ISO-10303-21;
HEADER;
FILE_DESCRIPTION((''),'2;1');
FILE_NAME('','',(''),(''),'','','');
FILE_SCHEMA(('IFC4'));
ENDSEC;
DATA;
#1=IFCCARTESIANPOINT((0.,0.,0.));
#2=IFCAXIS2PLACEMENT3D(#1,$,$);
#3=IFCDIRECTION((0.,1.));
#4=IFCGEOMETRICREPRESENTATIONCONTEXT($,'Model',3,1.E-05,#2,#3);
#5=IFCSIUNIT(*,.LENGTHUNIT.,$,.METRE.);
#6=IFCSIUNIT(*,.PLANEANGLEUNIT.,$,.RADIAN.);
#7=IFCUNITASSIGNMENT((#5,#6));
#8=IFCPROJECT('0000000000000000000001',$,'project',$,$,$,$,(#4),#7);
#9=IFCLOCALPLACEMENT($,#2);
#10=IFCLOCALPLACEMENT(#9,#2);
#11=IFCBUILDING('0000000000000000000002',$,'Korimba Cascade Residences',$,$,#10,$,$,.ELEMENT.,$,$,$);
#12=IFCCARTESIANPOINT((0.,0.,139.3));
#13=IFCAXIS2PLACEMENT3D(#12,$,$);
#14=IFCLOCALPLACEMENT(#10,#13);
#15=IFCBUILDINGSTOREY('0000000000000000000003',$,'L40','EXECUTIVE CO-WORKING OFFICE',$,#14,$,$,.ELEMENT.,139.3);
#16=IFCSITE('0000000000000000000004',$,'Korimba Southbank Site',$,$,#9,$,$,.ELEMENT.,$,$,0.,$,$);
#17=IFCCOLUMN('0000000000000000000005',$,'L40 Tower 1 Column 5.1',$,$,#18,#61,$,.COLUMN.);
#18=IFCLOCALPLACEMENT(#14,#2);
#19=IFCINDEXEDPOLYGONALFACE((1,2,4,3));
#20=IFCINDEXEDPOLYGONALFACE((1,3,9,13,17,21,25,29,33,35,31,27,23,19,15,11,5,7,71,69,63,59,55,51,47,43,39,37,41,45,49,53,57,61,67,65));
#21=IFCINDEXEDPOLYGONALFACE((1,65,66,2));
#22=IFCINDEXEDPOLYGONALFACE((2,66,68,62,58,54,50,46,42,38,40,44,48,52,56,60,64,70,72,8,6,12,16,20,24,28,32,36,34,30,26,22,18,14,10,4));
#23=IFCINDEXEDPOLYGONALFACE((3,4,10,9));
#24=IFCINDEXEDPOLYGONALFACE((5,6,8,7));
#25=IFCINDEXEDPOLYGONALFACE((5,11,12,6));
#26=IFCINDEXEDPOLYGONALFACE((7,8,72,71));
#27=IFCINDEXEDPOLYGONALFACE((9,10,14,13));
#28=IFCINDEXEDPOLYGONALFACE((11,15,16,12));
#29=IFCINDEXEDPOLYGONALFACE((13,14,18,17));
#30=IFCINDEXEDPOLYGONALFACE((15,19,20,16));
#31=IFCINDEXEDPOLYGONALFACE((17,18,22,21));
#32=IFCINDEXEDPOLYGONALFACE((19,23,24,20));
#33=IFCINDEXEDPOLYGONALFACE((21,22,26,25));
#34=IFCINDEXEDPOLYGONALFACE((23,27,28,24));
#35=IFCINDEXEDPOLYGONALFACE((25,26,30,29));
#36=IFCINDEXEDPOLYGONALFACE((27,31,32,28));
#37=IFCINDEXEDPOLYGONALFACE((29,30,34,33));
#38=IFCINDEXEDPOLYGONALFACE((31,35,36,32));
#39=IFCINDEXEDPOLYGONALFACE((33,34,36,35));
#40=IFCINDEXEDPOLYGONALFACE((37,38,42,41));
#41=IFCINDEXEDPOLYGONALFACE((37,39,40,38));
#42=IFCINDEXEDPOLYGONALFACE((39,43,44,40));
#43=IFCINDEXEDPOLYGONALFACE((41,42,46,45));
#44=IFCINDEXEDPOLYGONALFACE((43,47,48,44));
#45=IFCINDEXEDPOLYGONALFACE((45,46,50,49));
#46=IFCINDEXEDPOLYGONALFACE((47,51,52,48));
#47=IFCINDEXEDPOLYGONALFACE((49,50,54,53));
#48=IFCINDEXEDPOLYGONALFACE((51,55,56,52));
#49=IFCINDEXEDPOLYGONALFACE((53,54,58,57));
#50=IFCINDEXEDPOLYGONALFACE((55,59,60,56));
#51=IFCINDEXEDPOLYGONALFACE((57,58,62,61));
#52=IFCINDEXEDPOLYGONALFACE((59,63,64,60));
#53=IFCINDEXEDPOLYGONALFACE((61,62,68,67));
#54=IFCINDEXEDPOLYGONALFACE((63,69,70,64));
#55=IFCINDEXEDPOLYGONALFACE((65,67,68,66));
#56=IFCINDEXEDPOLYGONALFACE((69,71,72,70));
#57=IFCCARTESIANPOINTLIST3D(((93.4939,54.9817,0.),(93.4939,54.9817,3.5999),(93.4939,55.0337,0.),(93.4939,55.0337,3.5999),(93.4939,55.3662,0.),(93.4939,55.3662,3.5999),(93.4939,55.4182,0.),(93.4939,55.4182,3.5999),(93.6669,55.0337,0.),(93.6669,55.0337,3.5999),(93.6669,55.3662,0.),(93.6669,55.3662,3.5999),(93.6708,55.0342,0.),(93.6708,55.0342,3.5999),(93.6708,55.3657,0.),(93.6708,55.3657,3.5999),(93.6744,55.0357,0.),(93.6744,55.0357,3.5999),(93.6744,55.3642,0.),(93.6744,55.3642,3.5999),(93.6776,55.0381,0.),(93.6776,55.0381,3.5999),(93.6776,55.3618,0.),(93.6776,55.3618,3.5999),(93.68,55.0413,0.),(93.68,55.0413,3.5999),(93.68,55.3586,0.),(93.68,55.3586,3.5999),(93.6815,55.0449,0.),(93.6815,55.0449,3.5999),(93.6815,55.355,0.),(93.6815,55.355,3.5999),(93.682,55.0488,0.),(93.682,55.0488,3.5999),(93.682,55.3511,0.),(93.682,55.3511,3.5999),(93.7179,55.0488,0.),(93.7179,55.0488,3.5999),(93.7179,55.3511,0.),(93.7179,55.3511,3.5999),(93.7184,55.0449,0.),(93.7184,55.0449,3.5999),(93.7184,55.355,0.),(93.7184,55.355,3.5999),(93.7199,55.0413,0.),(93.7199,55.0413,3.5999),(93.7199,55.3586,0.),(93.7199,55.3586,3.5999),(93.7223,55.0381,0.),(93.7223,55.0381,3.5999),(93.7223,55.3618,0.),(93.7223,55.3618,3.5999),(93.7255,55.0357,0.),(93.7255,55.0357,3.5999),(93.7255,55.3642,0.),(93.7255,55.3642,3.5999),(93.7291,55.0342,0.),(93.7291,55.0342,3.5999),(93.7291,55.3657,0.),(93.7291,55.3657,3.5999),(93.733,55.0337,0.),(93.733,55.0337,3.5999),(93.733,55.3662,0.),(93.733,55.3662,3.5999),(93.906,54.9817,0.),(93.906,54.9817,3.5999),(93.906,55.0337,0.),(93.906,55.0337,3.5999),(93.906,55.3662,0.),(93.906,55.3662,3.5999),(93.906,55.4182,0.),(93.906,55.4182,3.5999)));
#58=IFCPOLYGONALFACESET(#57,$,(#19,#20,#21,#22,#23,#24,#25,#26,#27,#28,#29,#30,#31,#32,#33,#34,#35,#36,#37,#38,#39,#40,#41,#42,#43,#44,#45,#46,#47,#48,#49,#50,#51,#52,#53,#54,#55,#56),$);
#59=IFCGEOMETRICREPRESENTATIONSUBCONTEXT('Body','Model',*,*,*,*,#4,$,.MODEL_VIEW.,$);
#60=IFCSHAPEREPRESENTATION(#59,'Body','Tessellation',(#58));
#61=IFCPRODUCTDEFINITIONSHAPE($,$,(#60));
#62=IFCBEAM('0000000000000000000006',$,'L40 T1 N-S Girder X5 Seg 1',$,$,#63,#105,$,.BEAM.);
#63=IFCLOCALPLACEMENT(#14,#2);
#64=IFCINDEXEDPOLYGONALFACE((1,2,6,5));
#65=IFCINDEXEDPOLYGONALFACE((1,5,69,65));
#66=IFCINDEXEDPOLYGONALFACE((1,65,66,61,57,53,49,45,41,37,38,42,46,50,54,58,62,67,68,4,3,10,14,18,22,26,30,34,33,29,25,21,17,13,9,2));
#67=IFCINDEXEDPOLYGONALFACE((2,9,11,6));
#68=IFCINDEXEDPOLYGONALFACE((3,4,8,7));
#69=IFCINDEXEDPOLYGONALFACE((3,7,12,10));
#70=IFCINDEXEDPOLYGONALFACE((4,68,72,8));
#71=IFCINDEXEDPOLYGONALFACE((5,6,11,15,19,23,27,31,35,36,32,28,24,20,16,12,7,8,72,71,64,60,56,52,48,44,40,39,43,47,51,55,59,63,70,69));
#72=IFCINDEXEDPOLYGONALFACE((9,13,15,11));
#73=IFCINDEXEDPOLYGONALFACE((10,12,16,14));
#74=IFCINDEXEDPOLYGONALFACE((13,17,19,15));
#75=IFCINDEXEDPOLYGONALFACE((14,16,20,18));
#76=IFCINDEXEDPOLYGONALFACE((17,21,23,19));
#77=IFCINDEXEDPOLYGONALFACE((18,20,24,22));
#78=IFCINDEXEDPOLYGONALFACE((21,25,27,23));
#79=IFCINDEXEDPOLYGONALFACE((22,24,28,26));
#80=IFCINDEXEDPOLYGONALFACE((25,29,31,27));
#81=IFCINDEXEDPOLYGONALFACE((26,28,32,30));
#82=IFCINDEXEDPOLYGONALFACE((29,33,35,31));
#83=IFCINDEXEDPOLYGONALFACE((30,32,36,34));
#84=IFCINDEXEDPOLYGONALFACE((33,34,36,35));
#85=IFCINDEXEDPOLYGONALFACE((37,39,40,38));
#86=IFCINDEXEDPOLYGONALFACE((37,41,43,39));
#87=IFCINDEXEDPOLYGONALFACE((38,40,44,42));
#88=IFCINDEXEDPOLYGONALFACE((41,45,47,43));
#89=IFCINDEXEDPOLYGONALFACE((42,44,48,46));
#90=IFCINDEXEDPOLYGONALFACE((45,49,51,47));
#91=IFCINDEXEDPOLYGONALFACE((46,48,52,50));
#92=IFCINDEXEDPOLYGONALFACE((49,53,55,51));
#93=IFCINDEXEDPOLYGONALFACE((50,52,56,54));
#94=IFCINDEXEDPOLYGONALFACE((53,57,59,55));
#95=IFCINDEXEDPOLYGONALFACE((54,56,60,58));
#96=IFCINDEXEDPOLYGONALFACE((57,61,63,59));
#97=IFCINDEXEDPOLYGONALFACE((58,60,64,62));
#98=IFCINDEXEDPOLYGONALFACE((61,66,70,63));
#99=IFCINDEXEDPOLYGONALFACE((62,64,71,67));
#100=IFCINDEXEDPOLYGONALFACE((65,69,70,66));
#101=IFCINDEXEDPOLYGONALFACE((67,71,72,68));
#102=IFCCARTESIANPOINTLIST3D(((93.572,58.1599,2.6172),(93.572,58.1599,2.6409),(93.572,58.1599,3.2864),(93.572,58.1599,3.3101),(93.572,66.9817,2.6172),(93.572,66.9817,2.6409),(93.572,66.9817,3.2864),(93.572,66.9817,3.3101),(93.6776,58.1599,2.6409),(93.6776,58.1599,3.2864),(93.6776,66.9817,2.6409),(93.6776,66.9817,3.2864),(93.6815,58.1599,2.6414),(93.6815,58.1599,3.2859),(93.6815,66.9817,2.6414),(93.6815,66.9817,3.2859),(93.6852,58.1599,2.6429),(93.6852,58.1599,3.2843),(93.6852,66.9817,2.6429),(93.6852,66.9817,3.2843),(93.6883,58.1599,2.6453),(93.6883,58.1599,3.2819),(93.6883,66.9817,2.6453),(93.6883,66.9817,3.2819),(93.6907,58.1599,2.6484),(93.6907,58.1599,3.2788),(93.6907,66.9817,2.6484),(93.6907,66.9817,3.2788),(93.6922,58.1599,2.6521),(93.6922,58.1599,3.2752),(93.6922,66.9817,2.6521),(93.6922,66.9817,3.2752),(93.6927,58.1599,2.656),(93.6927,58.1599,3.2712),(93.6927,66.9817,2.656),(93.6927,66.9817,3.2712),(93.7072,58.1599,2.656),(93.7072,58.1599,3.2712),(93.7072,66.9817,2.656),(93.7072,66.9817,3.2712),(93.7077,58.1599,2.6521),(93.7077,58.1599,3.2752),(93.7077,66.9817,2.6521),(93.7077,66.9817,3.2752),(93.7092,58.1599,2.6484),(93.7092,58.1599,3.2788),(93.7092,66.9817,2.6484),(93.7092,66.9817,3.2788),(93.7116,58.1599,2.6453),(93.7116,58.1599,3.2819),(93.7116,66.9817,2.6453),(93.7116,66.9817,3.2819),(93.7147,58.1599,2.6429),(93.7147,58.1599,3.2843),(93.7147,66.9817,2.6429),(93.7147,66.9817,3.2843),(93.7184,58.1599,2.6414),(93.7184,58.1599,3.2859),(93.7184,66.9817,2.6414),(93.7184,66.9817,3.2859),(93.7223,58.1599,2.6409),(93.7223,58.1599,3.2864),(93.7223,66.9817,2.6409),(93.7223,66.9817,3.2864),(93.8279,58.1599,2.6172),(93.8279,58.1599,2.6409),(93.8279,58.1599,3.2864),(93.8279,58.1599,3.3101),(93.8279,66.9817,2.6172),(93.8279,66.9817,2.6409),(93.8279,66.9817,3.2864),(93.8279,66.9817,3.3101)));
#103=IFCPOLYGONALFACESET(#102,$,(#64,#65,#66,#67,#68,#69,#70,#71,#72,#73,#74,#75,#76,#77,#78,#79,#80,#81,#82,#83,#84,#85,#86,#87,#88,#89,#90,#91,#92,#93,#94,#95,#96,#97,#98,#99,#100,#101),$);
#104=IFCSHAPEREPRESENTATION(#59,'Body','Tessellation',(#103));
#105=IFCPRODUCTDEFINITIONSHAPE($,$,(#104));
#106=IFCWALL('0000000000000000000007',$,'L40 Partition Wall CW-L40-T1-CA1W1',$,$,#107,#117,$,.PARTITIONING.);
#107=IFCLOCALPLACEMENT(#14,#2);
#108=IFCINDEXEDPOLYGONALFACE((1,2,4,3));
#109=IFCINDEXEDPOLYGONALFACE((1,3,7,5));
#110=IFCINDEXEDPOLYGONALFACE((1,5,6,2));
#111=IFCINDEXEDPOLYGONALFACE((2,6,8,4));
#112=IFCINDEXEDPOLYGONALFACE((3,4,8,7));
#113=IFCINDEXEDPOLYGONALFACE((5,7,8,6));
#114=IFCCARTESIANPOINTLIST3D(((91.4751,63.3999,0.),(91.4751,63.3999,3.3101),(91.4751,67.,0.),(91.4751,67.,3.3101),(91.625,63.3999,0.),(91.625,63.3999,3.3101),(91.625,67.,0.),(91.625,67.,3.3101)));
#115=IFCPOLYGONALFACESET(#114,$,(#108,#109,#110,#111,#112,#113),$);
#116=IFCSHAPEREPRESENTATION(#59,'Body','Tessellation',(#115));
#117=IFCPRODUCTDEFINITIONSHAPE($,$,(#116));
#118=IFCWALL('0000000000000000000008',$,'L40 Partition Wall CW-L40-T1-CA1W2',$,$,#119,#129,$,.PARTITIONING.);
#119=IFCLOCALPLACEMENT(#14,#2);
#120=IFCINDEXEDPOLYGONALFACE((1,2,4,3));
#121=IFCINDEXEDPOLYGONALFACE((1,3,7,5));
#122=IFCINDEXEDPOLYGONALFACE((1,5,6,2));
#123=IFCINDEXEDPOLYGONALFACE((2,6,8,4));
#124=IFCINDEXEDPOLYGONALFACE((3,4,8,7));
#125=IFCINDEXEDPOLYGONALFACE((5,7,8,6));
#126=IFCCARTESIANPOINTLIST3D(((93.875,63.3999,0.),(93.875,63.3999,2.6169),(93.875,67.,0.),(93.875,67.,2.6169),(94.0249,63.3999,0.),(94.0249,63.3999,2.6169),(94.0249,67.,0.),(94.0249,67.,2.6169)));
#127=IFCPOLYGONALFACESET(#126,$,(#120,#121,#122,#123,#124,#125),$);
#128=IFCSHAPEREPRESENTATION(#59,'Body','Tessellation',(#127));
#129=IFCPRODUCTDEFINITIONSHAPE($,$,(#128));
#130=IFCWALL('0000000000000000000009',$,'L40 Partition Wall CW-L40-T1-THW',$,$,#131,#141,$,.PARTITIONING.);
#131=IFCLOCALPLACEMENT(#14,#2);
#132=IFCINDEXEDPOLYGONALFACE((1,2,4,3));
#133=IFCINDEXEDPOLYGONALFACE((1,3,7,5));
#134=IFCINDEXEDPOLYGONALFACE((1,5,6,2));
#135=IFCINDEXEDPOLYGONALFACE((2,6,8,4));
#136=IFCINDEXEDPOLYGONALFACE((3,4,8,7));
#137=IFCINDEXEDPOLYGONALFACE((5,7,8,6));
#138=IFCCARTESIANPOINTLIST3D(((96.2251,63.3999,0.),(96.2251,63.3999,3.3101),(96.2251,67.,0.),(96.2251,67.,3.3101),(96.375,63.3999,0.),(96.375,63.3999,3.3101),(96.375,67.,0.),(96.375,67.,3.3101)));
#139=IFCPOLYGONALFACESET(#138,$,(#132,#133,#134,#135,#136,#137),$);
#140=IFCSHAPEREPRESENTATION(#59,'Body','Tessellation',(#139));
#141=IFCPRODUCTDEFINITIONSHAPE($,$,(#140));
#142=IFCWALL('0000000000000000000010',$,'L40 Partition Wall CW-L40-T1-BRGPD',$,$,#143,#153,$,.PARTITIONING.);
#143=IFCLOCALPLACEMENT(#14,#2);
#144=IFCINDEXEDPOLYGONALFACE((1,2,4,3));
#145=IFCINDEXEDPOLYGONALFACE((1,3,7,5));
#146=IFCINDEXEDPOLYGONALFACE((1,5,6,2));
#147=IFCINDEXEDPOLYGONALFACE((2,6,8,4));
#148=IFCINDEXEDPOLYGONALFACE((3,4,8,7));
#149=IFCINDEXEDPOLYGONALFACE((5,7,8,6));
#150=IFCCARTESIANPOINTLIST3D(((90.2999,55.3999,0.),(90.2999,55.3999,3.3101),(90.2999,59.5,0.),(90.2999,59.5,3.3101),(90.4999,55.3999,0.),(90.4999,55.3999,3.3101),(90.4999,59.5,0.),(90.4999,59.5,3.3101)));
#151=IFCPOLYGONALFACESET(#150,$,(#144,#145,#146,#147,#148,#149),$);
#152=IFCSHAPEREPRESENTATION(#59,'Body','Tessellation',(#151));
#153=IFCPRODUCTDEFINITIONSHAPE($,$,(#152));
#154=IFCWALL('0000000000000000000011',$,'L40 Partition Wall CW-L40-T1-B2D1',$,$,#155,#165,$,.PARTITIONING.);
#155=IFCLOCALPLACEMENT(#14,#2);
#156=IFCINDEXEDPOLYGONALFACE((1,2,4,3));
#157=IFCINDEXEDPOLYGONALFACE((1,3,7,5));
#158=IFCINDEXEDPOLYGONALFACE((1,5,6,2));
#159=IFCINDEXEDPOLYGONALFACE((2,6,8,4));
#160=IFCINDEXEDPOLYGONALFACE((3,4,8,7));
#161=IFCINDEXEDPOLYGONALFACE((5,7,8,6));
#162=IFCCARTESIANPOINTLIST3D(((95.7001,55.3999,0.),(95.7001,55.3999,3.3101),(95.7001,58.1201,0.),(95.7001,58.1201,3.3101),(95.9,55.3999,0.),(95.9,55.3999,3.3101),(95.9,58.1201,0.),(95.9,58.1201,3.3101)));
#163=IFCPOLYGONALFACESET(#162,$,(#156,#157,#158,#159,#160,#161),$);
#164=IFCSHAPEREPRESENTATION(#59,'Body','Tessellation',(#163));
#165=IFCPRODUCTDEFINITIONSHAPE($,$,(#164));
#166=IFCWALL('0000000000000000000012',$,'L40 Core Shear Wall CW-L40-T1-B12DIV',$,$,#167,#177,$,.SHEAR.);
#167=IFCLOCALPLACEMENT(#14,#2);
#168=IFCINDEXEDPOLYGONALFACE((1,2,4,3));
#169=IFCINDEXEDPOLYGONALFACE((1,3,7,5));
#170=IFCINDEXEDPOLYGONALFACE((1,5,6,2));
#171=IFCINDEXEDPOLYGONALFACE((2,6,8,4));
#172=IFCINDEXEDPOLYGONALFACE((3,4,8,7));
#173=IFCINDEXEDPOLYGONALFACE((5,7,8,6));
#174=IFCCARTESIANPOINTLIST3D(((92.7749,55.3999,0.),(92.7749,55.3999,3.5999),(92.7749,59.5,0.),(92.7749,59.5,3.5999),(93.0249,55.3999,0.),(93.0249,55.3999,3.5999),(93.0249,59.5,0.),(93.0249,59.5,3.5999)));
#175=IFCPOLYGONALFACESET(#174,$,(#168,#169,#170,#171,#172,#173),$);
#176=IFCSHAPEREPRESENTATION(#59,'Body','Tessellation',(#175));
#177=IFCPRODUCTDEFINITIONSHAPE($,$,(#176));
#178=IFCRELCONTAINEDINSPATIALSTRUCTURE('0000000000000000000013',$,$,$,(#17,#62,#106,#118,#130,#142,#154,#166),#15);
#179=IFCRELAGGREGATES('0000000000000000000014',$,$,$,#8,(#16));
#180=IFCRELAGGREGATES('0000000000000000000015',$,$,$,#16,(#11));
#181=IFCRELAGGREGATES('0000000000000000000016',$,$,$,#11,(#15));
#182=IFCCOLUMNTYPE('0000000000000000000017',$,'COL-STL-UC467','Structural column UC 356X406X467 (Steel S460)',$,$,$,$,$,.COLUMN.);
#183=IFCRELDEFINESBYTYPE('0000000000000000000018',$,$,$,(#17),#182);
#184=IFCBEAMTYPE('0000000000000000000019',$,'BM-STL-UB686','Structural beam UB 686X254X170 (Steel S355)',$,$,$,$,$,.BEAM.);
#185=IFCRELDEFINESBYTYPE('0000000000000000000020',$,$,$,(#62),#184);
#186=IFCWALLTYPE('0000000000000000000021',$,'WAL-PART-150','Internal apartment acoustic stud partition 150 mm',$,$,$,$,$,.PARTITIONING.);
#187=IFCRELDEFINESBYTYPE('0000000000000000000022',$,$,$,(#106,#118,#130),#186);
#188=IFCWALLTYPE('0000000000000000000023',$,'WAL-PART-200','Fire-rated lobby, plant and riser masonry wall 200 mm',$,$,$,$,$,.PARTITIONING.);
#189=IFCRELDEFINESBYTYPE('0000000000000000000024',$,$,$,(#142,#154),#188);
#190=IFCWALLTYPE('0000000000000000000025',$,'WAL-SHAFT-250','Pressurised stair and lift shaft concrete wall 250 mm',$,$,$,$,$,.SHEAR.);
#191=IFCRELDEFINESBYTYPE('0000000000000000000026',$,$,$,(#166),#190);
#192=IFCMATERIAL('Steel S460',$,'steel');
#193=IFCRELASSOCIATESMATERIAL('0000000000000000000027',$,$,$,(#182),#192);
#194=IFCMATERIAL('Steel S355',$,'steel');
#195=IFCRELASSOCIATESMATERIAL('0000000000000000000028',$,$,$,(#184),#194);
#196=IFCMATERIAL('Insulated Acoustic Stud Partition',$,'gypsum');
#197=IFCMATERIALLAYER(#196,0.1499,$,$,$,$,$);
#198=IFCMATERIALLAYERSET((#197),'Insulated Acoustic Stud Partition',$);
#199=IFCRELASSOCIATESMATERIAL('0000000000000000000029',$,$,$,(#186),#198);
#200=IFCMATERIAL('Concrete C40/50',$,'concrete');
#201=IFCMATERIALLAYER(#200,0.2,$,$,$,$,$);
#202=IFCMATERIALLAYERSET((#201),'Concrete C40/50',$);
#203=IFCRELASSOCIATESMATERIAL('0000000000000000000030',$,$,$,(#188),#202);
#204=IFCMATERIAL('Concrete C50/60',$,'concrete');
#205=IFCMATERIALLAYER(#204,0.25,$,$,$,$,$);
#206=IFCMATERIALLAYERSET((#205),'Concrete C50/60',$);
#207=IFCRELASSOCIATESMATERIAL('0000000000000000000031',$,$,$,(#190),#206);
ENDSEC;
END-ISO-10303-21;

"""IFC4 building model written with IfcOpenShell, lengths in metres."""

from ifc_helpers import new_model, si_unit, direction, frame, frame_2d, origin, origin_2d, place, context, subcontext, project, spatial, rectangle, i_section, extrude, material, layer, layer_set, material_profile, profile_set, type_object, element, save


model = new_model("IFC4")

# Units and contexts
model_context = context("Model", 3, precision=1e-05, world=origin(), true_north=direction((0.0, 1.0)))
body_context = subcontext(model_context, "Body", "Model", "MODEL_VIEW")
ifc_project = project(units=[si_unit("LENGTHUNIT", "METRE"), si_unit("PLANEANGLEUNIT", "RADIAN")], contexts=[model_context])

# Site, building, storey
site_placement = place(None, origin())
site = spatial("IfcSite", under=ifc_project, at=site_placement, Name="Korimba Southbank Site", CompositionType="ELEMENT", RefElevation=0.0)
building_placement = place(site_placement, origin())
building = spatial("IfcBuilding", under=site, at=building_placement, Name="Korimba Cascade Residences", CompositionType="ELEMENT")
storey_placement = place(building_placement, frame((0.0, 0.0, 139.3)))
storey = spatial("IfcBuildingStorey", under=building, at=storey_placement, Name="L40", Description="EXECUTIVE CO-WORKING OFFICE", CompositionType="ELEMENT", Elevation=139.3)

# Column
ifc_material_1 = material(Name="Steel S460", Category="steel")
ifc_material_profile_1 = material_profile(ifc_material_1, i_section(OverallWidth=0.4121, OverallDepth=0.4365, WebThickness=0.0359, FlangeThickness=0.052, FilletRadius=0.0151, at=origin_2d()), Name="Steel S460")
ifc_profile_set_1 = profile_set([ifc_material_profile_1], Name="Steel S460")
column_type = type_object("IfcColumnType", Name="COL-STL-UC467", Description="Structural column UC 356X406X467 (Steel S460)", PredefinedType="COLUMN", material=ifc_profile_set_1)
column_placement = place(storey_placement, frame((93.7, 55.2, 0.0), z_axis=(0.0, 0.0, 1.0), x_axis=(1.0, 0.0, 0.0)))
element("IfcColumn", 1, at=column_placement, inside=storey, type_object=column_type, Name="L40 Tower 1 Column 5.1", PredefinedType="COLUMN", context=body_context, shape_type="SweptSolid", body=[
    extrude(i_section(OverallWidth=0.4121, OverallDepth=0.4365, WebThickness=0.0359, FlangeThickness=0.052, FilletRadius=0.0151, at=origin_2d()), origin(), (0.0, 0.0, 1.0), 3.5999),
])

# Beam
ifc_material_2 = material(Name="Steel S355", Category="steel")
ifc_material_profile_2 = material_profile(ifc_material_2, i_section(OverallWidth=0.2559, OverallDepth=0.6929, WebThickness=0.0144, FlangeThickness=0.0237, FilletRadius=0.0151, at=origin_2d()), Name="Steel S355")
ifc_profile_set_2 = profile_set([ifc_material_profile_2], Name="Steel S355")
beam_type = type_object("IfcBeamType", Name="BM-STL-UB686", Description="Structural beam UB 686X254X170 (Steel S355)", PredefinedType="BEAM", material=ifc_profile_set_2)
beam_placement = place(storey_placement, frame((93.7, 58.1599, 2.9636), z_axis=(0.0, 1.0, 0.0), x_axis=(-1.0, 0.0, 0.0)))
element("IfcBeam", 2, at=beam_placement, inside=storey, type_object=beam_type, Name="L40 T1 N-S Girder X5 Seg 1", PredefinedType="BEAM", context=body_context, shape_type="SweptSolid", body=[
    extrude(i_section(OverallWidth=0.2559, OverallDepth=0.6929, WebThickness=0.0144, FlangeThickness=0.0237, FilletRadius=0.0151, at=origin_2d()), origin(), (0.0, 0.0, 1.0), 8.8218),
])

# Walls
ifc_material_3 = material(Name="Insulated Acoustic Stud Partition", Category="gypsum")
ifc_layer_1 = layer(ifc_material_3, 0.1499)
ifc_layer_set_1 = layer_set([ifc_layer_1], Name="Insulated Acoustic Stud Partition")
wall_type_1 = type_object("IfcWallType", Name="WAL-PART-150", Description="Internal apartment acoustic stud partition 150 mm", PredefinedType="PARTITIONING", material=ifc_layer_set_1)
wall_1_placement = place(storey_placement, frame((91.55, 63.3999, 0.0), z_axis=(0.0, 0.0, 1.0), x_axis=(0.0, 1.0, 0.0)))
element("IfcWall", 3, at=wall_1_placement, inside=storey, type_object=wall_type_1, Name="L40 Partition Wall CW-L40-T1-CA1W1", PredefinedType="PARTITIONING", context=body_context, shape_type="SweptSolid", body=[
    extrude(rectangle(XDim=3.6001, YDim=0.1499, at=frame_2d((1.8, 0.0))), origin(), (0.0, 0.0, 1.0), 3.3101),
])
wall_2_placement = place(storey_placement, frame((93.95, 63.3999, 0.0), z_axis=(0.0, 0.0, 1.0), x_axis=(0.0, 1.0, 0.0)))
element("IfcWall", 4, at=wall_2_placement, inside=storey, type_object=wall_type_1, Name="L40 Partition Wall CW-L40-T1-CA1W2", PredefinedType="PARTITIONING", context=body_context, shape_type="SweptSolid", body=[
    extrude(rectangle(XDim=3.6001, YDim=0.1499, at=frame_2d((1.8, 0.0))), origin(), (0.0, 0.0, 1.0), 2.6169),
])
wall_3_placement = place(storey_placement, frame((96.3, 63.3999, 0.0), z_axis=(0.0, 0.0, 1.0), x_axis=(0.0, 1.0, 0.0)))
element("IfcWall", 5, at=wall_3_placement, inside=storey, type_object=wall_type_1, Name="L40 Partition Wall CW-L40-T1-THW", PredefinedType="PARTITIONING", context=body_context, shape_type="SweptSolid", body=[
    extrude(rectangle(XDim=3.6001, YDim=0.1499, at=frame_2d((1.8, 0.0))), origin(), (0.0, 0.0, 1.0), 3.3101),
])
ifc_material_4 = material(Name="Concrete C40/50", Category="concrete")
ifc_layer_2 = layer(ifc_material_4, 0.2)
ifc_layer_set_2 = layer_set([ifc_layer_2], Name="Concrete C40/50")
wall_type_2 = type_object("IfcWallType", Name="WAL-PART-200", Description="Fire-rated lobby, plant and riser masonry wall 200 mm", PredefinedType="PARTITIONING", material=ifc_layer_set_2)
wall_4_placement = place(storey_placement, frame((90.3999, 55.3999, 0.0), z_axis=(0.0, 0.0, 1.0), x_axis=(0.0, 1.0, 0.0)))
element("IfcWall", 6, at=wall_4_placement, inside=storey, type_object=wall_type_2, Name="L40 Partition Wall CW-L40-T1-BRGPD", PredefinedType="PARTITIONING", context=body_context, shape_type="SweptSolid", body=[
    extrude(rectangle(XDim=4.1001, YDim=0.2, at=frame_2d((2.05, 0.0))), origin(), (0.0, 0.0, 1.0), 3.3101),
])
wall_5_placement = place(storey_placement, frame((95.8, 55.3999, 0.0), z_axis=(0.0, 0.0, 1.0), x_axis=(0.0, 1.0, 0.0)))
element("IfcWall", 7, at=wall_5_placement, inside=storey, type_object=wall_type_2, Name="L40 Partition Wall CW-L40-T1-B2D1", PredefinedType="PARTITIONING", context=body_context, shape_type="SweptSolid", body=[
    extrude(rectangle(XDim=2.7202, YDim=0.2, at=frame_2d((1.3601, 0.0))), origin(), (0.0, 0.0, 1.0), 3.3101),
])
ifc_material_5 = material(Name="Concrete C50/60", Category="concrete")
ifc_layer_3 = layer(ifc_material_5, 0.25)
ifc_layer_set_3 = layer_set([ifc_layer_3], Name="Concrete C50/60")
wall_type_3 = type_object("IfcWallType", Name="WAL-SHAFT-250", Description="Pressurised stair and lift shaft concrete wall 250 mm", PredefinedType="SHEAR", material=ifc_layer_set_3)
wall_6_placement = place(storey_placement, frame((92.8999, 55.3999, 0.0), z_axis=(0.0, 0.0, 1.0), x_axis=(0.0, 1.0, 0.0)))
element("IfcWall", 8, at=wall_6_placement, inside=storey, type_object=wall_type_3, Name="L40 Core Shear Wall CW-L40-T1-B12DIV", PredefinedType="SHEAR", context=body_context, shape_type="SweptSolid", body=[
    extrude(rectangle(XDim=4.1001, YDim=0.25, at=frame_2d((2.05, 0.0))), origin(), (0.0, 0.0, 1.0), 3.5999),
])

save(model, "model.ifc")
